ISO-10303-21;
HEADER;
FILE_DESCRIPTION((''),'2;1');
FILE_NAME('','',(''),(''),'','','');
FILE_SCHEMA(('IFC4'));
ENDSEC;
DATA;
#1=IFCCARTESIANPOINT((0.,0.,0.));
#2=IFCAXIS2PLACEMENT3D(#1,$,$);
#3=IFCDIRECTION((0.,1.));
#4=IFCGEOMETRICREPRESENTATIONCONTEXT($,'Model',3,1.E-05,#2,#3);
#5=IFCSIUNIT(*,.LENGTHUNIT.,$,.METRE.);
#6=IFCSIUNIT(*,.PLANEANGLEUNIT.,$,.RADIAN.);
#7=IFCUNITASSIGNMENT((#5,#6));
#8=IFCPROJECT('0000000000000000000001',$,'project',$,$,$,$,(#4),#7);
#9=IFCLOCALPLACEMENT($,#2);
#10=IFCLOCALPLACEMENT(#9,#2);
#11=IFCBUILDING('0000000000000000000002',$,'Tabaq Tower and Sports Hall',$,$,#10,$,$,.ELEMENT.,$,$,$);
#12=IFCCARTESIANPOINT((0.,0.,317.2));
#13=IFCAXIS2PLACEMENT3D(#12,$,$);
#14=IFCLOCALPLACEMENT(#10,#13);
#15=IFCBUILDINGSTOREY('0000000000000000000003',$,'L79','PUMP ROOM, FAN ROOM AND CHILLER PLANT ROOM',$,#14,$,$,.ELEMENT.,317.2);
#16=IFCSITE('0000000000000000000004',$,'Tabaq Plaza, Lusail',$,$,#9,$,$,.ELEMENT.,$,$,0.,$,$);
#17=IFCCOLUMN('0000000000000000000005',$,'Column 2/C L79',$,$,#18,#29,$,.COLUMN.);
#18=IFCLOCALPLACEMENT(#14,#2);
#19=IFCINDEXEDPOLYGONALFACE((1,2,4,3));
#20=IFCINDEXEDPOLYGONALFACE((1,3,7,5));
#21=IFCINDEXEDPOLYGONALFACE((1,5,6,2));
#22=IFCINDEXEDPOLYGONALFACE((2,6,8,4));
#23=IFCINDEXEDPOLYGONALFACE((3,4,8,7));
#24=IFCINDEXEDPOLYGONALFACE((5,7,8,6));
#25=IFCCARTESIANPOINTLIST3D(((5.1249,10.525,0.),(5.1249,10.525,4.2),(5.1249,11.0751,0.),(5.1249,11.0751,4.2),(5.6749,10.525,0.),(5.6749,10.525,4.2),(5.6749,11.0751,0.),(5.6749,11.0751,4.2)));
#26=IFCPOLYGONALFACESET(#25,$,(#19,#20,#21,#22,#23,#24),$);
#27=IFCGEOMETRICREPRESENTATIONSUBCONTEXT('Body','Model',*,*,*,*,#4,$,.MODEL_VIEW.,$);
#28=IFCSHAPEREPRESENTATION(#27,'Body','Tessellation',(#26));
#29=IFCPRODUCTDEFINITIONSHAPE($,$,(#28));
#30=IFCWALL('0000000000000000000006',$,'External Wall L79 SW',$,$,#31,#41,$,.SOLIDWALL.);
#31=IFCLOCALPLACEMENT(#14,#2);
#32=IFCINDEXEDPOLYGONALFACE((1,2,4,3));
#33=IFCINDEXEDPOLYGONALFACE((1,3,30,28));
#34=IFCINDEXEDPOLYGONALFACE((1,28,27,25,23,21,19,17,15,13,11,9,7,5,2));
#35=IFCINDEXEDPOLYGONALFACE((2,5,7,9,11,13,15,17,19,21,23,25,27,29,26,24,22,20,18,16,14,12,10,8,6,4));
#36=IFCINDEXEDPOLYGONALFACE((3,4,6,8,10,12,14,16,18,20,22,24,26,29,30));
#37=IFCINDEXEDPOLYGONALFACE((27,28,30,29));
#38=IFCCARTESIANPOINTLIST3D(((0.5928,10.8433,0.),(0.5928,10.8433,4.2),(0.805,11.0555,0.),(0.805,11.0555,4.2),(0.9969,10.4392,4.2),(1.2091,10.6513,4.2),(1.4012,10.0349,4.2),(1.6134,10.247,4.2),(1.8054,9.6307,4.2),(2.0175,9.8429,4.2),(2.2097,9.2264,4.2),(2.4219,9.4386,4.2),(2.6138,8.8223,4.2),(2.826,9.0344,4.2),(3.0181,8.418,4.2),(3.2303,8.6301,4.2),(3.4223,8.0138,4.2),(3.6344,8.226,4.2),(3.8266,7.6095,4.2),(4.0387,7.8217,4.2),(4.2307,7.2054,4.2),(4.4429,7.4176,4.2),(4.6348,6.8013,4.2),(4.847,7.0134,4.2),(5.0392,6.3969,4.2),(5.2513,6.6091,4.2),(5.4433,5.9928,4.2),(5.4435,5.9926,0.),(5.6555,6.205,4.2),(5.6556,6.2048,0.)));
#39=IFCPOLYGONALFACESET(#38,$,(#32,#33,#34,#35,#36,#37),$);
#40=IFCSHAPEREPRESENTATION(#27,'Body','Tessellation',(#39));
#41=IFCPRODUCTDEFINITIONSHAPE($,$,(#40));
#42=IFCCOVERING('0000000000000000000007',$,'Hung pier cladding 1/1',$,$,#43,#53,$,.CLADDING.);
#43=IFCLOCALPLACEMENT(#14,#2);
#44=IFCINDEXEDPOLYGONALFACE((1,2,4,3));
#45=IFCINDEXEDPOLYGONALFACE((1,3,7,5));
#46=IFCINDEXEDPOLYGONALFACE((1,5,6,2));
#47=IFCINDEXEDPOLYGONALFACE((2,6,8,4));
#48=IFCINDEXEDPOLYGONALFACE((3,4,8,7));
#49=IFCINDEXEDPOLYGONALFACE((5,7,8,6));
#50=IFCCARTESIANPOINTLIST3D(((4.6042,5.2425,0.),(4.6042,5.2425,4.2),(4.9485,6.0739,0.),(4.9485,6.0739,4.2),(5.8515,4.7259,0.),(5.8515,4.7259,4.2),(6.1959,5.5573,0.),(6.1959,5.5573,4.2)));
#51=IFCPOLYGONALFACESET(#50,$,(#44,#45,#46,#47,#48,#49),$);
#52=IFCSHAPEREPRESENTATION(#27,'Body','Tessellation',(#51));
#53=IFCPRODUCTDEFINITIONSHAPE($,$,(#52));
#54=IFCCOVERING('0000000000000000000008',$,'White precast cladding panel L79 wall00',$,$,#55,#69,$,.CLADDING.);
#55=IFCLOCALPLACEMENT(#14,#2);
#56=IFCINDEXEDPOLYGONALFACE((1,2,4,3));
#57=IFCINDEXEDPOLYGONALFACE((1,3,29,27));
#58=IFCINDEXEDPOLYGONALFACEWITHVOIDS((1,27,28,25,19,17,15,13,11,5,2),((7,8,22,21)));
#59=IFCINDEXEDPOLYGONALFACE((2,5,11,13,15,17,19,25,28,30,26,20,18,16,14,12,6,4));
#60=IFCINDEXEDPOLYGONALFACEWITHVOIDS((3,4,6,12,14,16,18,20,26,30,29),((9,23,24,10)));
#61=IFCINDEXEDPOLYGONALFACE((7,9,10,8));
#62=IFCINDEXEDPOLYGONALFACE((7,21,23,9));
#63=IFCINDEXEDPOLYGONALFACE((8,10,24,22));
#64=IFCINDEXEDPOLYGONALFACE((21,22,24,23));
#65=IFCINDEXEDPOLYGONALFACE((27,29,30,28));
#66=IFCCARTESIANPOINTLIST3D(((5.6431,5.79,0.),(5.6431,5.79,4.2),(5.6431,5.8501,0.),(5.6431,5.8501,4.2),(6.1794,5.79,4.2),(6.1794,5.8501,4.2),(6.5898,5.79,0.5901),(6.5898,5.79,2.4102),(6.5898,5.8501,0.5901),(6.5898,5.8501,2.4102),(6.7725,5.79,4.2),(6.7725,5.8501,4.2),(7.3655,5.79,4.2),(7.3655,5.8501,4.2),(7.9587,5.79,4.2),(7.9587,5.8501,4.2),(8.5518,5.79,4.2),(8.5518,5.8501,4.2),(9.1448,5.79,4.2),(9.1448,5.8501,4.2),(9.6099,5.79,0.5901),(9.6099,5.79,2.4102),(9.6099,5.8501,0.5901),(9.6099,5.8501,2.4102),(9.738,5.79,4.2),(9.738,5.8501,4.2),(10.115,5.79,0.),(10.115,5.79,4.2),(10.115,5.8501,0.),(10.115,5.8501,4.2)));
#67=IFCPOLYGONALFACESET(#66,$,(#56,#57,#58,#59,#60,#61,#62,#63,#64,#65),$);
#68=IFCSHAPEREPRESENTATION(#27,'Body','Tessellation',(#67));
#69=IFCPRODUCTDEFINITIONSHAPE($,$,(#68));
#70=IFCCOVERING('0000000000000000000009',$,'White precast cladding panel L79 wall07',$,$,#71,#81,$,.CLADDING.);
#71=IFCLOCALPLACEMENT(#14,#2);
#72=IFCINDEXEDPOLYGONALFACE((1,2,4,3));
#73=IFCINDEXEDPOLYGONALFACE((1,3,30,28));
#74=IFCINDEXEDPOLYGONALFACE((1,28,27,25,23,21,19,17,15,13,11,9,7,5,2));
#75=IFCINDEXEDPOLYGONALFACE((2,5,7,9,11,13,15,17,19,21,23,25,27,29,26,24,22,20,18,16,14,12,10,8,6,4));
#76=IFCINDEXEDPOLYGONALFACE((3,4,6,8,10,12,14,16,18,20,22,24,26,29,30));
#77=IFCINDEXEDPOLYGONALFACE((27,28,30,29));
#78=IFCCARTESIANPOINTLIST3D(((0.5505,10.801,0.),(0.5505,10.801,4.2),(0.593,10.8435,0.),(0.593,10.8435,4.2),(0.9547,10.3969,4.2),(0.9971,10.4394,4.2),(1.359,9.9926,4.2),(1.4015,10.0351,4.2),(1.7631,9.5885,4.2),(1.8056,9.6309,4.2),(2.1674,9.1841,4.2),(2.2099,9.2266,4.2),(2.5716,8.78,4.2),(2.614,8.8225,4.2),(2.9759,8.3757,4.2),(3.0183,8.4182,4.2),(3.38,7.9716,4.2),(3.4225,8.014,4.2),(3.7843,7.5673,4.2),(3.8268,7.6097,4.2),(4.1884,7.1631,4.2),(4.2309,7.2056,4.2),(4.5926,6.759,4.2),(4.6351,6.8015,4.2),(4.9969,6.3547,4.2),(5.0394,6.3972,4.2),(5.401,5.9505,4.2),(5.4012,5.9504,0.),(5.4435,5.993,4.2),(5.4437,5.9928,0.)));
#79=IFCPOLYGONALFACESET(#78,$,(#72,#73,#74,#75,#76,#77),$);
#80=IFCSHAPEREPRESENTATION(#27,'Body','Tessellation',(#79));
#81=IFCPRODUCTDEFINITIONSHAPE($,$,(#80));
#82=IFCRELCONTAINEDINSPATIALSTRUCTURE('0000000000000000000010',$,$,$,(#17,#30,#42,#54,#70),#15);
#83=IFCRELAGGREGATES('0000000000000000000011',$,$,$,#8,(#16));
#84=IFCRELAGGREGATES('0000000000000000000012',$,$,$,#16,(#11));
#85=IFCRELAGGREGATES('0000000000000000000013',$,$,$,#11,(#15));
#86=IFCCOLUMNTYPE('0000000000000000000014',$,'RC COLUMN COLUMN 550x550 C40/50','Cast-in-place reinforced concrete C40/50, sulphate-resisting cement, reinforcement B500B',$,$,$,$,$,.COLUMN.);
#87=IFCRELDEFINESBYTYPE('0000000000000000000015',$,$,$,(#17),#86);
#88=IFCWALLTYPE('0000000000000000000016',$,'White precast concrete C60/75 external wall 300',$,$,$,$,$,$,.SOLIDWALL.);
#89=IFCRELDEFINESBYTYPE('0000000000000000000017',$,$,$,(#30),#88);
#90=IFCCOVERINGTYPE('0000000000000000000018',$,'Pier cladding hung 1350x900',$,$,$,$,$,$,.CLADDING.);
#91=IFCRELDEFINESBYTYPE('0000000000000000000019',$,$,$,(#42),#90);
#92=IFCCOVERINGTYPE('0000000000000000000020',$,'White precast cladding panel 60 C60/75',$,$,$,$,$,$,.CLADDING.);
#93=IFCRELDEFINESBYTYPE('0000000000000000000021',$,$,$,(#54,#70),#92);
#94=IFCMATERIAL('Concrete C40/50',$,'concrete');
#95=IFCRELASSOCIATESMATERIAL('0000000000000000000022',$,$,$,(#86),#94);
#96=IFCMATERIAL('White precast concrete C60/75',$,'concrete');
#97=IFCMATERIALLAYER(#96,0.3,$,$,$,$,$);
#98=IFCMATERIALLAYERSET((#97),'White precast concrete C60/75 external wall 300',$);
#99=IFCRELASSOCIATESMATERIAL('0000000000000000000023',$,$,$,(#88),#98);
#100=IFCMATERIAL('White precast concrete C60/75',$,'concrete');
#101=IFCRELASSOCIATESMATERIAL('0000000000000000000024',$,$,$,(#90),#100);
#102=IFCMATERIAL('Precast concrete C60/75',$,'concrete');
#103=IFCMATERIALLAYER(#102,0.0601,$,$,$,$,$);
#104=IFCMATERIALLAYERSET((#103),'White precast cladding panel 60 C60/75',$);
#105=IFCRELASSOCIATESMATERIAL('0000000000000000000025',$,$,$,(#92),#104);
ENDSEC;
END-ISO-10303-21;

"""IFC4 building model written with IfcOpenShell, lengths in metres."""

from ifc_helpers import new_model, si_unit, direction, frame, frame_2d, origin, origin_2d, place, context, subcontext, project, spatial, polyline, rectangle, outline, extrude, material, layer, layer_set, material_profile, profile_set, type_object, element, save


model = new_model("IFC4")

# Units and contexts
model_context = context("Model", 3, precision=1e-05, world=origin(), true_north=direction((0.0, 1.0)))
body_context = subcontext(model_context, "Body", "Model", "MODEL_VIEW")
ifc_project = project(units=[si_unit("LENGTHUNIT", "METRE"), si_unit("PLANEANGLEUNIT", "RADIAN")], contexts=[model_context])

# Site, building, storey
site_placement = place(None, origin())
site = spatial("IfcSite", under=ifc_project, at=site_placement, Name="Tabaq Plaza, Lusail", CompositionType="ELEMENT", RefElevation=0.0)
building_placement = place(site_placement, origin())
building = spatial("IfcBuilding", under=site, at=building_placement, Name="Tabaq Tower and Sports Hall", CompositionType="ELEMENT")
storey_placement = place(building_placement, frame((0.0, 0.0, 317.2)))
storey = spatial("IfcBuildingStorey", under=building, at=storey_placement, Name="L79", Description="PUMP ROOM, FAN ROOM AND CHILLER PLANT ROOM", CompositionType="ELEMENT", Elevation=317.2)

# Column
ifc_material_1 = material(Name="Concrete C40/50", Category="concrete")
ifc_material_profile = material_profile(ifc_material_1, rectangle(XDim=0.55, YDim=0.55, at=origin_2d()), Name="COLUMN 550x550")
ifc_profile_set = profile_set([ifc_material_profile], Name="Concrete C40/50")
column_type = type_object("IfcColumnType", Name="RC COLUMN COLUMN 550x550 C40/50", Description="Cast-in-place reinforced concrete C40/50, sulphate-resisting cement, reinforcement B500B", PredefinedType="COLUMN", material=ifc_profile_set)
column_placement = place(storey_placement, frame((5.3999, 10.8, 0.0), z_axis=(0.0, 0.0, 1.0), x_axis=(1.0, 0.0, 0.0)))
element("IfcColumn", 1, at=column_placement, inside=storey, type_object=column_type, Name="Column 2/C L79", PredefinedType="COLUMN", context=body_context, shape_type="SweptSolid", body=[
    extrude(rectangle(XDim=0.55, YDim=0.55, at=origin_2d()), origin(), (0.0, 0.0, 1.0), 4.2),
])

# Shared definitions
ifc_material_2 = material(Name="White precast concrete C60/75", Category="concrete")
ifc_layer_1 = layer(ifc_material_2, 0.3)
ifc_layer_set_1 = layer_set([ifc_layer_1], Name="White precast concrete C60/75 external wall 300")
wall_type_1 = type_object("IfcWallType", Name="White precast concrete C60/75 external wall 300", PredefinedType="SOLIDWALL", material=ifc_layer_set_1)

# Wall
wall_1_placement = place(storey_placement, frame((0.699, 10.9495, 0.0), z_axis=(0.0, 0.0, 1.0), x_axis=(0.707107, -0.707107, 0.0)))
element("IfcWall", 2, at=wall_1_placement, inside=storey, type_object=wall_type_1, Name="External Wall L79 SW", PredefinedType="SOLIDWALL", context=body_context, shape_type="SweptSolid", body=[
    extrude(outline(polyline([(0.0, 0.0), (6.8599, 0.0), (6.8596, 4.2), (6.2881, 4.2), (5.7163, 4.2), (5.1448, 4.2), (4.5732, 4.2), (4.0015, 4.2), (3.4299, 4.2), (2.8582, 4.2), (2.2866, 4.2), (1.7148, 4.2), (1.1433, 4.2), (0.5715, 4.2), (0.0, 4.2), (0.0, 0.0)])), frame((0.0, 0.1499, 0.0), z_axis=(0.0, -1.0, 0.0), x_axis=(1.0, 0.0, 0.0)), (0.0, 0.0, 1.0), 0.3),
])

# Coverings
ifc_material_3 = material(Name="White precast concrete C60/75", Category="concrete")
covering_type_1 = type_object("IfcCoveringType", Name="Pier cladding hung 1350x900", PredefinedType="CLADDING", material=ifc_material_3)
covering_1_placement = place(storey_placement, frame((4.7764, 5.6582, 0.0), z_axis=(0.0, 0.0, 1.0), x_axis=(0.923893, -0.38265, 0.0)))
element("IfcCovering", 3, at=covering_1_placement, inside=storey, type_object=covering_type_1, Name="Hung pier cladding 1/1", PredefinedType="CLADDING", context=body_context, shape_type="SweptSolid", body=[
    extrude(rectangle(XDim=1.3501, YDim=0.8999, at=frame_2d((0.675, 0.0))), origin(), (0.0, 0.0, 1.0), 4.2),
])
ifc_material_4 = material(Name="Precast concrete C60/75", Category="concrete")
ifc_layer_2 = layer(ifc_material_4, 0.0601)
ifc_layer_set_2 = layer_set([ifc_layer_2], Name="White precast cladding panel 60 C60/75")
covering_type_2 = type_object("IfcCoveringType", Name="White precast cladding panel 60 C60/75", PredefinedType="CLADDING", material=ifc_layer_set_2)
covering_2_placement = place(storey_placement, frame((5.6431, 5.8201, 0.0), z_axis=(0.0, 0.0, 1.0), x_axis=(1.0, 0.0, 0.0)))
element("IfcCovering", 4, at=covering_2_placement, inside=storey, type_object=covering_type_2, Name="White precast cladding panel L79 wall00", PredefinedType="CLADDING", context=body_context, shape_type="SweptSolid", body=[
    extrude(outline(polyline([(0.0, 0.0), (4.4719, 0.0), (4.4719, 4.2), (4.095, 4.2), (3.5017, 4.2), (2.9087, 4.2), (2.3157, 4.2), (1.7224, 4.2), (1.1294, 4.2), (0.5364, 4.2), (0.0, 4.2), (0.0, 0.0)]), holes=[polyline([(0.9468, 0.5901), (0.9468, 2.4102), (3.9668, 2.4102), (3.9668, 0.5901), (0.9468, 0.5901)])]), frame((0.0, 0.03, 0.0), z_axis=(0.0, -1.0, 0.0), x_axis=(1.0, 0.0, 0.0)), (0.0, 0.0, 1.0), 0.0601),
])
covering_3_placement = place(storey_placement, frame((0.5718, 10.8223, 0.0), z_axis=(0.0, 0.0, 1.0), x_axis=(0.707107, -0.707107, 0.0)))
element("IfcCovering", 5, at=covering_3_placement, inside=storey, type_object=covering_type_2, Name="White precast cladding panel L79 wall07", PredefinedType="CLADDING", context=body_context, shape_type="SweptSolid", body=[
    extrude(outline(polyline([(0.0, 0.0), (6.8599, 0.0), (6.8596, 4.2), (6.2881, 4.2), (5.7163, 4.2), (5.1448, 4.2), (4.5732, 4.2), (4.0015, 4.2), (3.4299, 4.2), (2.8582, 4.2), (2.2866, 4.2), (1.7148, 4.2), (1.1433, 4.2), (0.5715, 4.2), (0.0, 4.2), (0.0, 0.0)])), frame((0.0, 0.03, 0.0), z_axis=(0.0, -1.0, 0.0), x_axis=(1.0, 0.0, 0.0)), (0.0, 0.0, 1.0), 0.0601),
])

save(model, "model.ifc")
